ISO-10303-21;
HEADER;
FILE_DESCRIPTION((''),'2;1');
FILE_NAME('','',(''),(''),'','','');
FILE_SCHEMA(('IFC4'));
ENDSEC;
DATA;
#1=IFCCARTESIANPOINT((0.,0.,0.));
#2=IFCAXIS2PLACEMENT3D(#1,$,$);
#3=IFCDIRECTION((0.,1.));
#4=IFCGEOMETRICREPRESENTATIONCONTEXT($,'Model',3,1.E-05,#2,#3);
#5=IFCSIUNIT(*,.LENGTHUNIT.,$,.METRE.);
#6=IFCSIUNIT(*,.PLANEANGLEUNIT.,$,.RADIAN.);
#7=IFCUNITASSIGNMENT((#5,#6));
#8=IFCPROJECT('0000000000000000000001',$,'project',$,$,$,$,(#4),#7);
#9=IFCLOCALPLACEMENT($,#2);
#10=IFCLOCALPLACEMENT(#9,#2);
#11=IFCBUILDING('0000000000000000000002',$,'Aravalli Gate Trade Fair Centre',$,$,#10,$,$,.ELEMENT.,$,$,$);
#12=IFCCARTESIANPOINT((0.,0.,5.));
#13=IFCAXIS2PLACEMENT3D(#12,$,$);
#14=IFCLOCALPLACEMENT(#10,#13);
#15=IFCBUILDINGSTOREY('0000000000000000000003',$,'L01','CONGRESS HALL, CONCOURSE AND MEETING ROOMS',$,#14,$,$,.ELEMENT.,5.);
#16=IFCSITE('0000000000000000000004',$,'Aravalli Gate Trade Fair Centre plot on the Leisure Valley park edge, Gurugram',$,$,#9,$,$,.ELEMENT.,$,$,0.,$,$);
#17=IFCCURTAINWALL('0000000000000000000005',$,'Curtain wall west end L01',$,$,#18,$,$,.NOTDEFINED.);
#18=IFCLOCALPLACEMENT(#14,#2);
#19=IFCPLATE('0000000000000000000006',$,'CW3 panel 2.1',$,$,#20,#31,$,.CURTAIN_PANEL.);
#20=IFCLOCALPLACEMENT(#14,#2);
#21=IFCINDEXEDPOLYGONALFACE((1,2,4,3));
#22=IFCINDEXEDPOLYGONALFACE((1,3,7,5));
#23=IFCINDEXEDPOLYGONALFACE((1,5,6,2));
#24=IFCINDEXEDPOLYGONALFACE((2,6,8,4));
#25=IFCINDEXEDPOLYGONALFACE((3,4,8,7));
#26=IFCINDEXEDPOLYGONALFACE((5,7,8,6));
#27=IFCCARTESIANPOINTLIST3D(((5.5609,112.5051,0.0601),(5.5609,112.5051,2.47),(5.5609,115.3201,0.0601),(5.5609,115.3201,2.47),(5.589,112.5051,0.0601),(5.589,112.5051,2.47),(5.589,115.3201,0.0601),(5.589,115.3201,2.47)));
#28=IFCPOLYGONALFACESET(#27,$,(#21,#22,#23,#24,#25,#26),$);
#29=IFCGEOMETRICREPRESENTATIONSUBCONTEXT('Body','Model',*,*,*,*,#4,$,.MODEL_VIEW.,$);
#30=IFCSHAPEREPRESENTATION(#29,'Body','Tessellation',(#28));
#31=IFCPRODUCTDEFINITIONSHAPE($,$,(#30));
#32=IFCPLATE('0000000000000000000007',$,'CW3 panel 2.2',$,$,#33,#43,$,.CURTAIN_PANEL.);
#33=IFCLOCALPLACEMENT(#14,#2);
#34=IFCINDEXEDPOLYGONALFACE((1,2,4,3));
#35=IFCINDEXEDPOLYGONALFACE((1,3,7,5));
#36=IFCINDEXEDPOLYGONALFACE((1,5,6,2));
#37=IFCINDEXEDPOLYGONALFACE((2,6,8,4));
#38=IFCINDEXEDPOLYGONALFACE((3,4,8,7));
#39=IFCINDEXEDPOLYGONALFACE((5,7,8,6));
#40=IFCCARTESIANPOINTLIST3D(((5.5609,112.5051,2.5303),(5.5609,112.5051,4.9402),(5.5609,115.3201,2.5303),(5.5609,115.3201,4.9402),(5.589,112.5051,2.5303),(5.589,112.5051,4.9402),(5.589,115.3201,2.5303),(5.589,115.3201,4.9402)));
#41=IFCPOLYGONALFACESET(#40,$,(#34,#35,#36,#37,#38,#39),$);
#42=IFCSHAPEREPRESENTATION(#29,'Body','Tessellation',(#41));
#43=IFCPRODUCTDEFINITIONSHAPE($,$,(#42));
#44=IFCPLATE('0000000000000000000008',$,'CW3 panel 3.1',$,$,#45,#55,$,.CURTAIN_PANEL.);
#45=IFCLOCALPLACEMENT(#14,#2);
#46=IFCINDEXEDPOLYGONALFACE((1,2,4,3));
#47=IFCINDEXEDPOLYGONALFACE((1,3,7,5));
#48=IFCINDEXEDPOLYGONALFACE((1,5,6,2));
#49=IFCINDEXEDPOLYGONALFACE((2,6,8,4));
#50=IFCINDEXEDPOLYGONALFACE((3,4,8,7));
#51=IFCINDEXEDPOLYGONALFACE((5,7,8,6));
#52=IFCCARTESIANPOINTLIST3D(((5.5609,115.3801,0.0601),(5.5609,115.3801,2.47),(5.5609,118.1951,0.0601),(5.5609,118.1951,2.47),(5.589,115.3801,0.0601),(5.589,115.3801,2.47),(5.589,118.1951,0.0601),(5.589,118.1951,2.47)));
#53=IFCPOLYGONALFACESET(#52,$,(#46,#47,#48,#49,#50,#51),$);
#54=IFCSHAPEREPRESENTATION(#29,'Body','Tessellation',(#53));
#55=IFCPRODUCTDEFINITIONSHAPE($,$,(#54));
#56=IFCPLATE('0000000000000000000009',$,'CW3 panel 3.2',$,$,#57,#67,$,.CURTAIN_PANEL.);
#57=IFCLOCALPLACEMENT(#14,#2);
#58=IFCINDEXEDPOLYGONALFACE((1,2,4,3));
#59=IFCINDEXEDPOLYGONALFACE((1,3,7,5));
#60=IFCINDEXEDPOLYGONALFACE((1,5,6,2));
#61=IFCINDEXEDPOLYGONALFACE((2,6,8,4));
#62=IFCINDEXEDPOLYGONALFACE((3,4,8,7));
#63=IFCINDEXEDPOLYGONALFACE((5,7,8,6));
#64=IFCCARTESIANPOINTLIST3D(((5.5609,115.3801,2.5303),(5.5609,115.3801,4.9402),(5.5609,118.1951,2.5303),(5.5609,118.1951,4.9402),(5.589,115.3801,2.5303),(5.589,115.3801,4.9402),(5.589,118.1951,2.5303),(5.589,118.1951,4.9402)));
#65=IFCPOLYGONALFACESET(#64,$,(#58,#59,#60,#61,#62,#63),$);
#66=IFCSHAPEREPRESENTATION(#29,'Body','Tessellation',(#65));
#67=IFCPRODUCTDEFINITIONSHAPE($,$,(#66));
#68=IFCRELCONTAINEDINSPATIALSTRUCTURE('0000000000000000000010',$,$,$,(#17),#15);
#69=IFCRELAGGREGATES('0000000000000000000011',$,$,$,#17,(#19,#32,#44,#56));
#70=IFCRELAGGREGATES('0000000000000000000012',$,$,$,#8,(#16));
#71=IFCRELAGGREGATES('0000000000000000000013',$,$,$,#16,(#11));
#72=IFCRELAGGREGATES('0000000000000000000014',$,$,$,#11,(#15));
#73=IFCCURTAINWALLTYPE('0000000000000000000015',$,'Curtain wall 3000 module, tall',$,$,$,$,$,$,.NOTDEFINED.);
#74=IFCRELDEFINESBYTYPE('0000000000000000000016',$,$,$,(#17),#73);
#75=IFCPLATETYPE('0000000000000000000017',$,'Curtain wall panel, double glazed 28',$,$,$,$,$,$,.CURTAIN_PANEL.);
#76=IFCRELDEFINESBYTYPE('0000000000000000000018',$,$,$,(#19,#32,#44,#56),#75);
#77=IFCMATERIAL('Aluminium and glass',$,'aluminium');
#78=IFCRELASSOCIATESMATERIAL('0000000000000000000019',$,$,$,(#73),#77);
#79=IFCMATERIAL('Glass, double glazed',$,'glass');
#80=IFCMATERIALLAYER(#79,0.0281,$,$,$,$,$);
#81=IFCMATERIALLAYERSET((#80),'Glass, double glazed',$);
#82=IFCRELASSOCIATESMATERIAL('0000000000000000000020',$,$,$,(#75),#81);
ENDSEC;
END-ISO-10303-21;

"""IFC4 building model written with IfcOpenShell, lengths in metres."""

from ifc_helpers import new_model, si_unit, direction, frame, origin, origin_2d, place, context, subcontext, project, spatial, rectangle, extrude, material, layer, layer_set, type_object, element, aggregate, save


model = new_model("IFC4")

# Units and contexts
model_context = context("Model", 3, precision=1e-05, world=origin(), true_north=direction((0.0, 1.0)))
body_context = subcontext(model_context, "Body", "Model", "MODEL_VIEW")
ifc_project = project(units=[si_unit("LENGTHUNIT", "METRE"), si_unit("PLANEANGLEUNIT", "RADIAN")], contexts=[model_context])

# Site, building, storey
site_placement = place(None, origin())
site = spatial("IfcSite", under=ifc_project, at=site_placement, Name="Aravalli Gate Trade Fair Centre plot on the Leisure Valley park edge, Gurugram", CompositionType="ELEMENT", RefElevation=0.0)
building_placement = place(site_placement, origin())
building = spatial("IfcBuilding", under=site, at=building_placement, Name="Aravalli Gate Trade Fair Centre", CompositionType="ELEMENT")
storey_placement = place(building_placement, frame((0.0, 0.0, 5.0)))
storey = spatial("IfcBuildingStorey", under=building, at=storey_placement, Name="L01", Description="CONGRESS HALL, CONCOURSE AND MEETING ROOMS", CompositionType="ELEMENT", Elevation=5.0)

# Curtain wall, plates
ifc_material_1 = material(Name="Aluminium and glass", Category="aluminium")
curtain_wall_type = type_object("IfcCurtainWallType", Name="Curtain wall 3000 module, tall", PredefinedType="NOTDEFINED", material=ifc_material_1)
curtain_wall_placement = place(storey_placement, origin())
curtain_wall = element("IfcCurtainWall", 1, at=curtain_wall_placement, inside=storey, type_object=curtain_wall_type, Name="Curtain wall west end L01", PredefinedType="NOTDEFINED")
ifc_material_2 = material(Name="Glass, double glazed", Category="glass")
ifc_layer = layer(ifc_material_2, 0.0281)
ifc_layer_set = layer_set([ifc_layer], Name="Glass, double glazed")
plate_type = type_object("IfcPlateType", Name="Curtain wall panel, double glazed 28", PredefinedType="CURTAIN_PANEL", material=ifc_layer_set)
plate_1_placement = place(storey_placement, frame((5.575, 113.9126, 0.0601), z_axis=(0.0, 0.0, 1.0), x_axis=(0.0, 1.0, 0.0)))
plate_1 = element("IfcPlate", 2, at=plate_1_placement, type_object=plate_type, Name="CW3 panel 2.1", PredefinedType="CURTAIN_PANEL", context=body_context, shape_type="SweptSolid", body=[
    extrude(rectangle(XDim=2.8149, YDim=0.0281, at=origin_2d()), origin(), (0.0, 0.0, 1.0), 2.4099),
])
plate_2_placement = place(storey_placement, frame((5.575, 113.9126, 2.5303), z_axis=(0.0, 0.0, 1.0), x_axis=(0.0, 1.0, 0.0)))
plate_2 = element("IfcPlate", 3, at=plate_2_placement, type_object=plate_type, Name="CW3 panel 2.2", PredefinedType="CURTAIN_PANEL", context=body_context, shape_type="SweptSolid", body=[
    extrude(rectangle(XDim=2.8149, YDim=0.0281, at=origin_2d()), origin(), (0.0, 0.0, 1.0), 2.4099),
])
plate_3_placement = place(storey_placement, frame((5.575, 116.7876, 0.0601), z_axis=(0.0, 0.0, 1.0), x_axis=(0.0, 1.0, 0.0)))
plate_3 = element("IfcPlate", 4, at=plate_3_placement, type_object=plate_type, Name="CW3 panel 3.1", PredefinedType="CURTAIN_PANEL", context=body_context, shape_type="SweptSolid", body=[
    extrude(rectangle(XDim=2.8149, YDim=0.0281, at=origin_2d()), origin(), (0.0, 0.0, 1.0), 2.4099),
])
plate_4_placement = place(storey_placement, frame((5.575, 116.7876, 2.5303), z_axis=(0.0, 0.0, 1.0), x_axis=(0.0, 1.0, 0.0)))
plate_4 = element("IfcPlate", 5, at=plate_4_placement, type_object=plate_type, Name="CW3 panel 3.2", PredefinedType="CURTAIN_PANEL", context=body_context, shape_type="SweptSolid", body=[
    extrude(rectangle(XDim=2.8149, YDim=0.0281, at=origin_2d()), origin(), (0.0, 0.0, 1.0), 2.4099),
])
aggregate(curtain_wall, [plate_1, plate_2, plate_3, plate_4])

save(model, "model.ifc")
